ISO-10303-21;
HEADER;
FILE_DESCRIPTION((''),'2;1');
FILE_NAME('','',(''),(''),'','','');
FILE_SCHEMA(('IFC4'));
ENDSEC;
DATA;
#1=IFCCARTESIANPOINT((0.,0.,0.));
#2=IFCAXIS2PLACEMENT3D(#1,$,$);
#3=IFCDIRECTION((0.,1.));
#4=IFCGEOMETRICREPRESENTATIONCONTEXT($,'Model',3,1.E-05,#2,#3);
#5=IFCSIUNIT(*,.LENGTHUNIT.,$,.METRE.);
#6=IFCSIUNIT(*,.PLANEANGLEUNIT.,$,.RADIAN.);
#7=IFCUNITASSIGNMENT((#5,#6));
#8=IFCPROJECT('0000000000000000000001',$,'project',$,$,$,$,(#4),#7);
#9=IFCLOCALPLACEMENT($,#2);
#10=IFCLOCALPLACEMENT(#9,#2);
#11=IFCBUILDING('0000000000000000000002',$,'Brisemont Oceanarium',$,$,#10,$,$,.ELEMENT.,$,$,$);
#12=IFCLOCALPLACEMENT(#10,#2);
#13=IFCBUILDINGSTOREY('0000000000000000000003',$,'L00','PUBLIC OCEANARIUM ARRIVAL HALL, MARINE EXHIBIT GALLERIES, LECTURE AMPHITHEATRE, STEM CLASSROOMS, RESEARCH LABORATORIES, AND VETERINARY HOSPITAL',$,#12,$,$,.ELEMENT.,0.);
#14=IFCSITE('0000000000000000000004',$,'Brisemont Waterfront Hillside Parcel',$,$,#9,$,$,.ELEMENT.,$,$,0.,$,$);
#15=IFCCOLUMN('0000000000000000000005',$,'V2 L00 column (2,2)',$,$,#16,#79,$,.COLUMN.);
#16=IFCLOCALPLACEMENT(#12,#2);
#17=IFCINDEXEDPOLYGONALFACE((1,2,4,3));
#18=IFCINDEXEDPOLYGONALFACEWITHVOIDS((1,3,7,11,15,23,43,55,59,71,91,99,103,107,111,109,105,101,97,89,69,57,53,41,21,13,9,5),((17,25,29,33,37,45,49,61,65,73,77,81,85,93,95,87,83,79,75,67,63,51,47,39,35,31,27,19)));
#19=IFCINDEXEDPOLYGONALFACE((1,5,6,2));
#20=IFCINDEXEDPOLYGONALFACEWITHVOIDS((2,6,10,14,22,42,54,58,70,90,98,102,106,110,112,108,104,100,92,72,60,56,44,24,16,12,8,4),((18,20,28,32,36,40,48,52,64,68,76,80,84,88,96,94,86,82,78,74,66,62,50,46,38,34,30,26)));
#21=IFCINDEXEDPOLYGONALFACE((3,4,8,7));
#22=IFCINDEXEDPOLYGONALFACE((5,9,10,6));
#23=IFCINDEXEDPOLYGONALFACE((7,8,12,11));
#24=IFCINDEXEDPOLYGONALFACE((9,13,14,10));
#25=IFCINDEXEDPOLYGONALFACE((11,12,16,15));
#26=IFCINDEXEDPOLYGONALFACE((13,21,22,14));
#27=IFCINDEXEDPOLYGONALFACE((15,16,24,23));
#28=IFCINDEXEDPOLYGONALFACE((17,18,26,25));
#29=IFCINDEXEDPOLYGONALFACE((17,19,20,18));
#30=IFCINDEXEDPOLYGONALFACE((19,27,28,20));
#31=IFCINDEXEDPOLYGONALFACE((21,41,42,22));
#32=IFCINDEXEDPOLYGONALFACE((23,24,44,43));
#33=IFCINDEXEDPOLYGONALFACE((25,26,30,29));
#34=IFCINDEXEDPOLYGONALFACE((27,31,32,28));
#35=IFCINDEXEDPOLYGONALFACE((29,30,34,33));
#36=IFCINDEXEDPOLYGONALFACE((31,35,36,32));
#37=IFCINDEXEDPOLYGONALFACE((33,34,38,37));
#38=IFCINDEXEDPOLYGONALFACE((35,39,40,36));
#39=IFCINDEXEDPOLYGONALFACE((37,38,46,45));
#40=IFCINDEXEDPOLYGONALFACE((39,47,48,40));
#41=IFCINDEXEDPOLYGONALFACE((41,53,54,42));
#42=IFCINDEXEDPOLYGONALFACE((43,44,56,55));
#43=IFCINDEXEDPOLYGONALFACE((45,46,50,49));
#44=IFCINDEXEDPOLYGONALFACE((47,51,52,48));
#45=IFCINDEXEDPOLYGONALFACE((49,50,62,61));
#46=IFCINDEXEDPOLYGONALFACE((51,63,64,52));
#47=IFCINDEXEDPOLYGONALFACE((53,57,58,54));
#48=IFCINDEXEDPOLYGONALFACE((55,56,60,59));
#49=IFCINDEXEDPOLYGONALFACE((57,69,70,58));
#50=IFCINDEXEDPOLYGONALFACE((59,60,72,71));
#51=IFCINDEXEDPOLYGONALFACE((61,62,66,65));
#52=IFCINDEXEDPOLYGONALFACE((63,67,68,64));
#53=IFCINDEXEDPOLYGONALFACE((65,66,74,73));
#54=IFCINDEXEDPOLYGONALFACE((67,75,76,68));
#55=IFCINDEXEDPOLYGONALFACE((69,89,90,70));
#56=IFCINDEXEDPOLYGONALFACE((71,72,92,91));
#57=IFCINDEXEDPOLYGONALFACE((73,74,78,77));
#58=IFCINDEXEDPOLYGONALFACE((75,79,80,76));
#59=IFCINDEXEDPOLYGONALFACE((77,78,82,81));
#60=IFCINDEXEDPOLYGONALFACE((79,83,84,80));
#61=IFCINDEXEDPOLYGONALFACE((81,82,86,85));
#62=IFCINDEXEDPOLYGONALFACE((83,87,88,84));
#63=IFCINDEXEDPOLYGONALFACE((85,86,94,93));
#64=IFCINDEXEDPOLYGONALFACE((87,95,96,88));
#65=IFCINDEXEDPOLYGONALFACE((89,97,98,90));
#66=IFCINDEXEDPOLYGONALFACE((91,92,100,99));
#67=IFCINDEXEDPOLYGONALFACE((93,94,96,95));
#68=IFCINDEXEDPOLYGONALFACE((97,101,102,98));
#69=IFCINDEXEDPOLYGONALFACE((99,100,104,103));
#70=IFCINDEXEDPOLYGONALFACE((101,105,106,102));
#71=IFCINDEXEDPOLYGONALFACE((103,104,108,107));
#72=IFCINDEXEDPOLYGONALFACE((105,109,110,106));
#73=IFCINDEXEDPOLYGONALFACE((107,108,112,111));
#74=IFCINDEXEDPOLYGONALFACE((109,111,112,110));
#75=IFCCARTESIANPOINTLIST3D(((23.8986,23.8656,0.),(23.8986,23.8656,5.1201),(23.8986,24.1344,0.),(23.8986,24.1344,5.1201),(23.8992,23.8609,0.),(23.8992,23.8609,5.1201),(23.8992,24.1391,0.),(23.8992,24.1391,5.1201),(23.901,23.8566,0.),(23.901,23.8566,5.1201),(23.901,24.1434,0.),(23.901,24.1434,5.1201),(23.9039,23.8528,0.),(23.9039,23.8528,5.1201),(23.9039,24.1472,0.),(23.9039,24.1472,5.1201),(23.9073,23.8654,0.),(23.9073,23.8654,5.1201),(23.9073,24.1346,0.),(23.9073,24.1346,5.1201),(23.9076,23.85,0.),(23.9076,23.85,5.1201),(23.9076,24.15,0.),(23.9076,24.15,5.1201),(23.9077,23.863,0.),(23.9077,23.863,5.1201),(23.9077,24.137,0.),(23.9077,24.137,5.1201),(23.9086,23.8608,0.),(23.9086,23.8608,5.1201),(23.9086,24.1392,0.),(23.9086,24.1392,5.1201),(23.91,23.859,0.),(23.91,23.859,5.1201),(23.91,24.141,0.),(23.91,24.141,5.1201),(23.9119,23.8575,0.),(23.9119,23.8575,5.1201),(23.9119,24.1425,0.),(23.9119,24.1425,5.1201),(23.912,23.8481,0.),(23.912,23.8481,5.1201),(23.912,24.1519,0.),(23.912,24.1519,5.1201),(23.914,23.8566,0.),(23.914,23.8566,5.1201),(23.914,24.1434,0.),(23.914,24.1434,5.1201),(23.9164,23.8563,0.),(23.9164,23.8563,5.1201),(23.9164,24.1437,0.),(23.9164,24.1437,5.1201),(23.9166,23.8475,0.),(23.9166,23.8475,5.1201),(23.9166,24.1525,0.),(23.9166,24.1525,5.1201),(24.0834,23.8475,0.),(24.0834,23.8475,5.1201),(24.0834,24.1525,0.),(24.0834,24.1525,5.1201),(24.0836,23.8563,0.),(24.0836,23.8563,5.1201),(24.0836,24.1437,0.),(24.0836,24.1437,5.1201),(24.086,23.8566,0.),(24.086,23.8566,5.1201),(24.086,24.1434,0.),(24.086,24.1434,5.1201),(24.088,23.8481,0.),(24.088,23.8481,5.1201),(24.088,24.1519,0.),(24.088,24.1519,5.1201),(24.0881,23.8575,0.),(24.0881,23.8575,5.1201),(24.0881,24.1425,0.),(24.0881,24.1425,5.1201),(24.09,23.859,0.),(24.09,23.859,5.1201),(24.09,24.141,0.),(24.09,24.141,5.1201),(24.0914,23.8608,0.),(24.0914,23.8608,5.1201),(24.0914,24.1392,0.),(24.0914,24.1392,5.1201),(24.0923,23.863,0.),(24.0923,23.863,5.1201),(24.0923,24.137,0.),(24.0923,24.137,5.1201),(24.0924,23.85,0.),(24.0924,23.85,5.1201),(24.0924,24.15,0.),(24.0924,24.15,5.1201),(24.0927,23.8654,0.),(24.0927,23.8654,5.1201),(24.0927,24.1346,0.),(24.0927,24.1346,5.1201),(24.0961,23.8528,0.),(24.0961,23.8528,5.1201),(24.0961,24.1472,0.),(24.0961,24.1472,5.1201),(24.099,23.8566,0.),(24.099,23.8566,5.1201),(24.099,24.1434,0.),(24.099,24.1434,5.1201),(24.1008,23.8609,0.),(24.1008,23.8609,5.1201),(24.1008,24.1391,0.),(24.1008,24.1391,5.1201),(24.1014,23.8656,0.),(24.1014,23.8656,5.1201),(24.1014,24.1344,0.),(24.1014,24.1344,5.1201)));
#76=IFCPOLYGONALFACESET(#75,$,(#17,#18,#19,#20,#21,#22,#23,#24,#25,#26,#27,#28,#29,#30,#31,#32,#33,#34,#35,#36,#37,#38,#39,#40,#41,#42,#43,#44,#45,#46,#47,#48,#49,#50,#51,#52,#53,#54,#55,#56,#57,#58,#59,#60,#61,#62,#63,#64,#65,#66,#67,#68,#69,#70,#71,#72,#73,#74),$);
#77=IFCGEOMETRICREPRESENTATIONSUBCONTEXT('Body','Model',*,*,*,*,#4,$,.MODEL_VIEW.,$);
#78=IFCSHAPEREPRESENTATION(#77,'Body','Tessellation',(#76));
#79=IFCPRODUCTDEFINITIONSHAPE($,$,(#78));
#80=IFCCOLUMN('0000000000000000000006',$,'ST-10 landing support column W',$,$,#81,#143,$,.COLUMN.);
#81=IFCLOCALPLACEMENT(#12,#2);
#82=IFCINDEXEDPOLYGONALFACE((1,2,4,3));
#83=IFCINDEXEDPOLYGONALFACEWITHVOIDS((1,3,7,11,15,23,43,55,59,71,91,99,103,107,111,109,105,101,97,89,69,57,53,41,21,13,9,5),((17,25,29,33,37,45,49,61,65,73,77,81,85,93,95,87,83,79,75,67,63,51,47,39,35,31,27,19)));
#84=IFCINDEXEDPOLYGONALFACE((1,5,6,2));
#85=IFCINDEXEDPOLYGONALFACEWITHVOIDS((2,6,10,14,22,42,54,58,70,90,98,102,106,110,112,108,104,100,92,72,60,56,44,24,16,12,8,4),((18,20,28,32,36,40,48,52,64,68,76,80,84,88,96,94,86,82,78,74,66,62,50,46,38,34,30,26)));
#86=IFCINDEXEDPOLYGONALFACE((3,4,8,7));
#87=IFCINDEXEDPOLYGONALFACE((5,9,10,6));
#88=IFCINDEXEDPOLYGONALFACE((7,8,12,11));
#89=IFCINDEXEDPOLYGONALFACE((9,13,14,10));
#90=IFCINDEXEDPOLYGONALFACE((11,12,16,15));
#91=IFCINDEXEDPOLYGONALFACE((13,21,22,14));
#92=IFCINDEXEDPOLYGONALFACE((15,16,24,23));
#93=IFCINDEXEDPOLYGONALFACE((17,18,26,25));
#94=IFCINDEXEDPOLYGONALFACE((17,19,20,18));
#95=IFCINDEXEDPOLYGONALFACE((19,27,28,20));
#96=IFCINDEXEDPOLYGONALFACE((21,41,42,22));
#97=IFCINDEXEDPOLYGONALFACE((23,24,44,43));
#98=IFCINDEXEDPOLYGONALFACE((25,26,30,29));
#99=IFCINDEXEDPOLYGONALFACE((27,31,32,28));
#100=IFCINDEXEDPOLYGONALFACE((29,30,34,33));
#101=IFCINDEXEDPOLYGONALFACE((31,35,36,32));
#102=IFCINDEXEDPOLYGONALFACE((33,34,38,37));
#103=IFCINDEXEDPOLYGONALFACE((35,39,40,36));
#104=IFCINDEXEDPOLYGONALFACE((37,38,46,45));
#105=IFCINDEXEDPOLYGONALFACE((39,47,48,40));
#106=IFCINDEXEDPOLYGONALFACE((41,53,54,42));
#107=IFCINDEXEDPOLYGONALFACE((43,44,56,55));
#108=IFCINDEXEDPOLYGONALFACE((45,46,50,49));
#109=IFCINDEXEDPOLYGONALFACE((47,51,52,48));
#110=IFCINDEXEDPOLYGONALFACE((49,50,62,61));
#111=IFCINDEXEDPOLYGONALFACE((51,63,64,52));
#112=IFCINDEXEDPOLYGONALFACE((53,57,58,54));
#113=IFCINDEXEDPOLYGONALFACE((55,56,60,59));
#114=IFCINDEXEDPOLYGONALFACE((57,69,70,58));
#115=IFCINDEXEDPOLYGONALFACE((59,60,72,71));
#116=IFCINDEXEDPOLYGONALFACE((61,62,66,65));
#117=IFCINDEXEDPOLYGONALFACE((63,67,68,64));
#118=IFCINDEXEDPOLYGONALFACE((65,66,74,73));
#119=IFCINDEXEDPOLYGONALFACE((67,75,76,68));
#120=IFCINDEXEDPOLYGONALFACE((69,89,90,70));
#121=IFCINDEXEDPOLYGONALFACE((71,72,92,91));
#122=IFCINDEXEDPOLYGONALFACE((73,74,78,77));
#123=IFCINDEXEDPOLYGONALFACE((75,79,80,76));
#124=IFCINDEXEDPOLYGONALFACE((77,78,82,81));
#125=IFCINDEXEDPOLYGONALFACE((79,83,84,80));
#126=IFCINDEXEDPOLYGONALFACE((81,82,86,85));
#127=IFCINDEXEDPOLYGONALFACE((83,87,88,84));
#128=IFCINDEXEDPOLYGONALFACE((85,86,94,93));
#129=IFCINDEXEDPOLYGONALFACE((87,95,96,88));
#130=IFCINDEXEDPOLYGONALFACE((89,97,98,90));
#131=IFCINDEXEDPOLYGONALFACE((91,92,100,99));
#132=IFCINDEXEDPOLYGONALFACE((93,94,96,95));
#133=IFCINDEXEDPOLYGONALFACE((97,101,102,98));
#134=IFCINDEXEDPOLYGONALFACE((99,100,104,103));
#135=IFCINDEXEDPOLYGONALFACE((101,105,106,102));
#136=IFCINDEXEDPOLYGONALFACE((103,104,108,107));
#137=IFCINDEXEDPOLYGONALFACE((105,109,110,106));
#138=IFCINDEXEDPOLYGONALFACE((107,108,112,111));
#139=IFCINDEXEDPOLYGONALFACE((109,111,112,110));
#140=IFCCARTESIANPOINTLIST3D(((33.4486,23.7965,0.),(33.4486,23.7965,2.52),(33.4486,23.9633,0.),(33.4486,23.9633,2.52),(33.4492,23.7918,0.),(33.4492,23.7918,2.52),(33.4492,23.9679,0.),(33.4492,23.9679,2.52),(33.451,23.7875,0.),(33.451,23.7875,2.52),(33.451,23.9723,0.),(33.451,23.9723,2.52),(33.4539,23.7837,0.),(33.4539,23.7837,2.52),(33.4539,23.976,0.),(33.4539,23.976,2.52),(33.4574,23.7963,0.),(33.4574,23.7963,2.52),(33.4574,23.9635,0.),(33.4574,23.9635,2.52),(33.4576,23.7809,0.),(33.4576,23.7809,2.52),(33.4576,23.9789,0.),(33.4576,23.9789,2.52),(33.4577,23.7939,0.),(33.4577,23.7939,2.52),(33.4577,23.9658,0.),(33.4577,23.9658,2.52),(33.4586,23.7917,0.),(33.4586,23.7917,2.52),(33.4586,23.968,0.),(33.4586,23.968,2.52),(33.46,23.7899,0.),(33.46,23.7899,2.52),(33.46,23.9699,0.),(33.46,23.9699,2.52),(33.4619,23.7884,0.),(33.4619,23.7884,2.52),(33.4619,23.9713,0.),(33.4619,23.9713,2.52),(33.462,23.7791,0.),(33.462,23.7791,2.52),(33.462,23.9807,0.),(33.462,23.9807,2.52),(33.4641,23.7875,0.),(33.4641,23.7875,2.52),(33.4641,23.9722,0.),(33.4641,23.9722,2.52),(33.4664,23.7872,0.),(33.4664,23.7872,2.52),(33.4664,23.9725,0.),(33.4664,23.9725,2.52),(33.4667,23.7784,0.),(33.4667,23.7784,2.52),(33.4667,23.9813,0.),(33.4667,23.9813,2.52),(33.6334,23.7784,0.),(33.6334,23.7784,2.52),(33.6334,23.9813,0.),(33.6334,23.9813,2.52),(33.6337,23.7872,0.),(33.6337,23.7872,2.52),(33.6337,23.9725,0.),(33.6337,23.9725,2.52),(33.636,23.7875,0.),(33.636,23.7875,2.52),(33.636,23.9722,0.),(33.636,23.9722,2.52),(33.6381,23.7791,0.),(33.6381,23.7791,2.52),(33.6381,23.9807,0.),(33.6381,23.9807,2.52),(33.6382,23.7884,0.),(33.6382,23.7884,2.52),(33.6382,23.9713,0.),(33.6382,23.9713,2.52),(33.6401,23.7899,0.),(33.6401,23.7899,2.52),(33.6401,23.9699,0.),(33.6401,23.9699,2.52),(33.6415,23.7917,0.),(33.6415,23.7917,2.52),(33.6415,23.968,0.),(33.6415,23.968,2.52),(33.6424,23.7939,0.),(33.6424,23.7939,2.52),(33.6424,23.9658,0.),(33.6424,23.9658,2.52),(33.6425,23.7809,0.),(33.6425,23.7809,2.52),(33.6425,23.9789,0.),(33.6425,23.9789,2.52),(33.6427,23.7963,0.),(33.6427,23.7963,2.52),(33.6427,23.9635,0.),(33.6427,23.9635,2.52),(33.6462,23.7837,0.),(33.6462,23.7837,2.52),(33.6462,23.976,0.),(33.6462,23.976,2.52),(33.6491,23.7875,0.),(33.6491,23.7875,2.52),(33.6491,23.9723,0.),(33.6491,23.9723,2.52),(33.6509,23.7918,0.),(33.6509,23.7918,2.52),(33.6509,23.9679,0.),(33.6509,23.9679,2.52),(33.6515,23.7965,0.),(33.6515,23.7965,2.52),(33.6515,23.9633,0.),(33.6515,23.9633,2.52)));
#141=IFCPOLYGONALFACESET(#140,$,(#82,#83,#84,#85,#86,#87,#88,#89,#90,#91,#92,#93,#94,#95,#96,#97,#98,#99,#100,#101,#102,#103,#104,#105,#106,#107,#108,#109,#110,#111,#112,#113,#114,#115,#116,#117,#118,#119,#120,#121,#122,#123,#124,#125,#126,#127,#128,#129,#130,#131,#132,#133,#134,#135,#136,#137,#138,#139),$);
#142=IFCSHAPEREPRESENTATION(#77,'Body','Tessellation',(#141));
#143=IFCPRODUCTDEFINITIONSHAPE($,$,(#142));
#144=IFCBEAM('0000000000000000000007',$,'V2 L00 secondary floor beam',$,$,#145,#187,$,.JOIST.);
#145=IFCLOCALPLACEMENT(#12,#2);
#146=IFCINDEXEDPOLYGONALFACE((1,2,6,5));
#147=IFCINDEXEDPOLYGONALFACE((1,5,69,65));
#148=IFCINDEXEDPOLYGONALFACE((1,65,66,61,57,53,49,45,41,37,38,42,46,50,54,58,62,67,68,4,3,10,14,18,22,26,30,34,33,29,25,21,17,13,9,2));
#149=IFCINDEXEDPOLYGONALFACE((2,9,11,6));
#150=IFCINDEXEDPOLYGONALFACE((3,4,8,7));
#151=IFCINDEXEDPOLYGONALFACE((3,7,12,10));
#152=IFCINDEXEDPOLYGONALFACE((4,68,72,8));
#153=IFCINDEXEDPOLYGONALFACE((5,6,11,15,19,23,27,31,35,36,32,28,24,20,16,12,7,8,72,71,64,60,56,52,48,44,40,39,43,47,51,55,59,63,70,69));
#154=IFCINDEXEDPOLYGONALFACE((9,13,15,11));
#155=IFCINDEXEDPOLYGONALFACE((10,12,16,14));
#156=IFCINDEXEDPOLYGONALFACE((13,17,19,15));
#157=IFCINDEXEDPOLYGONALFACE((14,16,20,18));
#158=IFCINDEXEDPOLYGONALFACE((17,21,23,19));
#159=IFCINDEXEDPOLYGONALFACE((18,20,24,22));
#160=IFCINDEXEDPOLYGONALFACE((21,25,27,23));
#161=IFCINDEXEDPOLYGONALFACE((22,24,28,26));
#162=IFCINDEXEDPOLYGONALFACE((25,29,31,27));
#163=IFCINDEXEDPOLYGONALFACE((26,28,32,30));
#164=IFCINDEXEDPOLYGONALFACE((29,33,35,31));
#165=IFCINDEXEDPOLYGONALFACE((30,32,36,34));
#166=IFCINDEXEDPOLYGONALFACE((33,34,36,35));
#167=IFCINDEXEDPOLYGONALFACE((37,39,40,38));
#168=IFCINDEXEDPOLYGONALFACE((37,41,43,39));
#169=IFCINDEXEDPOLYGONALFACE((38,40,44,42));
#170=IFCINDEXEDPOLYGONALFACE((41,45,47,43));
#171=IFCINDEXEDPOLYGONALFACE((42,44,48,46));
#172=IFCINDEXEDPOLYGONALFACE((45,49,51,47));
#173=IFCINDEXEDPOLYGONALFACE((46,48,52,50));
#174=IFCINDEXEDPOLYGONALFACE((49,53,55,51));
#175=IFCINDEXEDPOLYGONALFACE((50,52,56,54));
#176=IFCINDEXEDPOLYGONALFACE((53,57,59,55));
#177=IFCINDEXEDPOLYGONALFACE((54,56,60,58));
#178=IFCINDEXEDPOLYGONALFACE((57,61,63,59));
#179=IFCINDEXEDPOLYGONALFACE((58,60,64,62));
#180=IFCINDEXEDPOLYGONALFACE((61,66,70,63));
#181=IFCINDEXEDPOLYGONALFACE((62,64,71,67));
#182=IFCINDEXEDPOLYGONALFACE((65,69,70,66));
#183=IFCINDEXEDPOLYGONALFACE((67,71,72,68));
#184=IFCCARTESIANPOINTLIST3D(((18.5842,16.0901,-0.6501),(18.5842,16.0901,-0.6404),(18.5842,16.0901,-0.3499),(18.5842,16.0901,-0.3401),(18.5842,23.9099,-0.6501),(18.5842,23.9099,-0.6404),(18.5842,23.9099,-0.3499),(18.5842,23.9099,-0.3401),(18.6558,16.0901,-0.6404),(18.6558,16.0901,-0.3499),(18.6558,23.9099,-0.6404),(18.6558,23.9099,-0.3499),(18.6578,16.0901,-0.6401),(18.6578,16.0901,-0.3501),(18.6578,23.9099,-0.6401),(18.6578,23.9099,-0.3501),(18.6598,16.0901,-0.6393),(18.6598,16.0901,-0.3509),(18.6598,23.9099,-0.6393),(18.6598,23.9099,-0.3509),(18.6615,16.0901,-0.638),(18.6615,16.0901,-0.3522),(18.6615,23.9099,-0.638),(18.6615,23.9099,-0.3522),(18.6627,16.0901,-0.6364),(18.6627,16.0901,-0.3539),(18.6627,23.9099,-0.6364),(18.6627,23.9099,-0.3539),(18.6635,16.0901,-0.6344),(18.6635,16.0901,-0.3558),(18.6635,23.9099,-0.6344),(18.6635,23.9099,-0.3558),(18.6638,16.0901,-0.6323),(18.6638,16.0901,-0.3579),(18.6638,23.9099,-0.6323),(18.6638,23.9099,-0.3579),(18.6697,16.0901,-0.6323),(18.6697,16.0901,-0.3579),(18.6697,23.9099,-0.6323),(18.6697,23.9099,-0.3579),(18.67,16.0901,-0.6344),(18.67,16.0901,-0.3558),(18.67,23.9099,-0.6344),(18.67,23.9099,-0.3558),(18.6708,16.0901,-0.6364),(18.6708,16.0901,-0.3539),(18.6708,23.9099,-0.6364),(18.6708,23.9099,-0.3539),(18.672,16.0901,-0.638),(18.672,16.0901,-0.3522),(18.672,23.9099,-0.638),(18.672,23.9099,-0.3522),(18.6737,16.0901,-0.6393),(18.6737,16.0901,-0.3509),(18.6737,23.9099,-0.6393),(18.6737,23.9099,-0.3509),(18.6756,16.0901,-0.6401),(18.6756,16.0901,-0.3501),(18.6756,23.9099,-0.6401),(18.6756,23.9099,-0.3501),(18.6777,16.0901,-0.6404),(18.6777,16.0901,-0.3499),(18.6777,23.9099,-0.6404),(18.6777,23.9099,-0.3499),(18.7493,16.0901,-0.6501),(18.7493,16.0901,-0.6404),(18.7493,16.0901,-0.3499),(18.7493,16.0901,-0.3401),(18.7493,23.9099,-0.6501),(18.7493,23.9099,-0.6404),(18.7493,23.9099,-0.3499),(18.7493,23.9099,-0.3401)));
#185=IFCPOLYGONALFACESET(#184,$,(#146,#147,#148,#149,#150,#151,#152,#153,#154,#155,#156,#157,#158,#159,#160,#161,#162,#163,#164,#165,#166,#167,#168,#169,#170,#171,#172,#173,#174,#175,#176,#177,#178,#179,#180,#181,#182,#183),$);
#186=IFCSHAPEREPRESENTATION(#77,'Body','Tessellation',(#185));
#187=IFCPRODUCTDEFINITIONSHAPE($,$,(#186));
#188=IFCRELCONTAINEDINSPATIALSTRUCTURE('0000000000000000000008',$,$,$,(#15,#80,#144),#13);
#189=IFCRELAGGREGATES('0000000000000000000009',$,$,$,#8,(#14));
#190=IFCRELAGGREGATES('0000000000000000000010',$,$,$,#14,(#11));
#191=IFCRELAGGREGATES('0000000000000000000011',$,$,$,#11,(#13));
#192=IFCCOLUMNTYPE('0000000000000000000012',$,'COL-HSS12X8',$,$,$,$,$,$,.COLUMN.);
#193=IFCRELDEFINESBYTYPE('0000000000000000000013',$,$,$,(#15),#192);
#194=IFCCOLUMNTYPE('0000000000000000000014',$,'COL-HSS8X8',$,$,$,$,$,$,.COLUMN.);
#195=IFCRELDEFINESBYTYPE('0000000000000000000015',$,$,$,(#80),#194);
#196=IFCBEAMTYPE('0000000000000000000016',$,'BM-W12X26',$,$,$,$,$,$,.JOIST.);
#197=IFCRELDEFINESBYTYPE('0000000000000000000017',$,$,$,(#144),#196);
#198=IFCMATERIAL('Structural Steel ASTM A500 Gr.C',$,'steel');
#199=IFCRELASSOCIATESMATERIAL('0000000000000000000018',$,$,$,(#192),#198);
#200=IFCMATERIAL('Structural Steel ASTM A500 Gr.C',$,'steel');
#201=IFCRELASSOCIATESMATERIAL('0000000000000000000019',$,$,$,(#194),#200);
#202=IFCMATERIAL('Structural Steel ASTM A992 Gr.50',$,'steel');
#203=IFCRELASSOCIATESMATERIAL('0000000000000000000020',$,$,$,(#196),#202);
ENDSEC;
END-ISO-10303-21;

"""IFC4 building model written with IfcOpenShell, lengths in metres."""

from ifc_helpers import new_model, si_unit, direction, frame, origin, origin_2d, place, context, subcontext, project, spatial, hollow_rectangle, i_section, extrude, material, material_profile, profile_set, type_object, element, save


model = new_model("IFC4")

# Units and contexts
model_context = context("Model", 3, precision=1e-05, world=origin(), true_north=direction((0.0, 1.0)))
body_context = subcontext(model_context, "Body", "Model", "MODEL_VIEW")
ifc_project = project(units=[si_unit("LENGTHUNIT", "METRE"), si_unit("PLANEANGLEUNIT", "RADIAN")], contexts=[model_context])

# Site, building, storey
site_placement = place(None, origin())
site = spatial("IfcSite", under=ifc_project, at=site_placement, Name="Brisemont Waterfront Hillside Parcel", CompositionType="ELEMENT", RefElevation=0.0)
building_placement = place(site_placement, origin())
building = spatial("IfcBuilding", under=site, at=building_placement, Name="Brisemont Oceanarium", CompositionType="ELEMENT")
storey_placement = place(building_placement, origin())
storey = spatial("IfcBuildingStorey", under=building, at=storey_placement, Name="L00", Description="PUBLIC OCEANARIUM ARRIVAL HALL, MARINE EXHIBIT GALLERIES, LECTURE AMPHITHEATRE, STEM CLASSROOMS, RESEARCH LABORATORIES, AND VETERINARY HOSPITAL", CompositionType="ELEMENT", Elevation=0.0)

# Columns
ifc_material_1 = material(Name="Structural Steel ASTM A500 Gr.C", Category="steel")
ifc_material_profile_1 = material_profile(ifc_material_1, hollow_rectangle(XDim=0.2029, YDim=0.3049, WallThickness=0.0088, InnerFilletRadius=0.009, OuterFilletRadius=0.0181, at=origin_2d()), Name="HSS12X8X3/8")
ifc_profile_set_1 = profile_set([ifc_material_profile_1], Name="Structural Steel ASTM A500 Gr.C")
column_type_1 = type_object("IfcColumnType", Name="COL-HSS12X8", PredefinedType="COLUMN", material=ifc_profile_set_1)
column_1_placement = place(storey_placement, frame((24.0, 24.0, 0.0), z_axis=(0.0, 0.0, 1.0), x_axis=(1.0, 0.0, 0.0)))
element("IfcColumn", 1, at=column_1_placement, inside=storey, type_object=column_type_1, Name="V2 L00 column (2,2)", PredefinedType="COLUMN", context=body_context, shape_type="SweptSolid", body=[
    extrude(hollow_rectangle(XDim=0.2029, YDim=0.3049, WallThickness=0.0088, InnerFilletRadius=0.009, OuterFilletRadius=0.0181, at=origin_2d()), origin(), (0.0, 0.0, 1.0), 5.1201),
])
ifc_material_2 = material(Name="Structural Steel ASTM A500 Gr.C", Category="steel")
ifc_material_profile_2 = material_profile(ifc_material_2, hollow_rectangle(XDim=0.2029, YDim=0.2029, WallThickness=0.0088, InnerFilletRadius=0.009, OuterFilletRadius=0.0181, at=origin_2d()), Name="HSS8X8X3/8")
ifc_profile_set_2 = profile_set([ifc_material_profile_2], Name="Structural Steel ASTM A500 Gr.C")
column_type_2 = type_object("IfcColumnType", Name="COL-HSS8X8", PredefinedType="COLUMN", material=ifc_profile_set_2)
column_2_placement = place(storey_placement, frame((33.55, 23.8799, 0.0), z_axis=(0.0, 0.0, 1.0), x_axis=(1.0, 0.0, 0.0)))
element("IfcColumn", 2, at=column_2_placement, inside=storey, type_object=column_type_2, Name="ST-10 landing support column W", PredefinedType="COLUMN", context=body_context, shape_type="SweptSolid", body=[
    extrude(hollow_rectangle(XDim=0.2029, YDim=0.2029, WallThickness=0.0088, InnerFilletRadius=0.009, OuterFilletRadius=0.0181, at=origin_2d()), origin(), (0.0, 0.0, 1.0), 2.52),
])

# Beam
ifc_material_3 = material(Name="Structural Steel ASTM A992 Gr.50", Category="steel")
ifc_material_profile_3 = material_profile(ifc_material_3, i_section(OverallWidth=0.165, OverallDepth=0.3101, WebThickness=0.0059, FlangeThickness=0.0098, FilletRadius=0.0081, at=origin_2d()), Name="W12X26")
ifc_profile_set_3 = profile_set([ifc_material_profile_3], Name="Structural Steel ASTM A992 Gr.50")
beam_type_1 = type_object("IfcBeamType", Name="BM-W12X26", PredefinedType="JOIST", material=ifc_profile_set_3)
beam_1_placement = place(storey_placement, frame((18.6667, 16.0901, -0.4951), z_axis=(0.0, 1.0, 0.0), x_axis=(-1.0, 0.0, 0.0)))
element("IfcBeam", 3, at=beam_1_placement, inside=storey, type_object=beam_type_1, Name="V2 L00 secondary floor beam", PredefinedType="JOIST", context=body_context, shape_type="SweptSolid", body=[
    extrude(i_section(OverallWidth=0.165, OverallDepth=0.3101, WebThickness=0.0059, FlangeThickness=0.0098, FilletRadius=0.0081, at=origin_2d()), origin(), (0.0, 0.0, 1.0), 7.8198),
])

save(model, "model.ifc")
